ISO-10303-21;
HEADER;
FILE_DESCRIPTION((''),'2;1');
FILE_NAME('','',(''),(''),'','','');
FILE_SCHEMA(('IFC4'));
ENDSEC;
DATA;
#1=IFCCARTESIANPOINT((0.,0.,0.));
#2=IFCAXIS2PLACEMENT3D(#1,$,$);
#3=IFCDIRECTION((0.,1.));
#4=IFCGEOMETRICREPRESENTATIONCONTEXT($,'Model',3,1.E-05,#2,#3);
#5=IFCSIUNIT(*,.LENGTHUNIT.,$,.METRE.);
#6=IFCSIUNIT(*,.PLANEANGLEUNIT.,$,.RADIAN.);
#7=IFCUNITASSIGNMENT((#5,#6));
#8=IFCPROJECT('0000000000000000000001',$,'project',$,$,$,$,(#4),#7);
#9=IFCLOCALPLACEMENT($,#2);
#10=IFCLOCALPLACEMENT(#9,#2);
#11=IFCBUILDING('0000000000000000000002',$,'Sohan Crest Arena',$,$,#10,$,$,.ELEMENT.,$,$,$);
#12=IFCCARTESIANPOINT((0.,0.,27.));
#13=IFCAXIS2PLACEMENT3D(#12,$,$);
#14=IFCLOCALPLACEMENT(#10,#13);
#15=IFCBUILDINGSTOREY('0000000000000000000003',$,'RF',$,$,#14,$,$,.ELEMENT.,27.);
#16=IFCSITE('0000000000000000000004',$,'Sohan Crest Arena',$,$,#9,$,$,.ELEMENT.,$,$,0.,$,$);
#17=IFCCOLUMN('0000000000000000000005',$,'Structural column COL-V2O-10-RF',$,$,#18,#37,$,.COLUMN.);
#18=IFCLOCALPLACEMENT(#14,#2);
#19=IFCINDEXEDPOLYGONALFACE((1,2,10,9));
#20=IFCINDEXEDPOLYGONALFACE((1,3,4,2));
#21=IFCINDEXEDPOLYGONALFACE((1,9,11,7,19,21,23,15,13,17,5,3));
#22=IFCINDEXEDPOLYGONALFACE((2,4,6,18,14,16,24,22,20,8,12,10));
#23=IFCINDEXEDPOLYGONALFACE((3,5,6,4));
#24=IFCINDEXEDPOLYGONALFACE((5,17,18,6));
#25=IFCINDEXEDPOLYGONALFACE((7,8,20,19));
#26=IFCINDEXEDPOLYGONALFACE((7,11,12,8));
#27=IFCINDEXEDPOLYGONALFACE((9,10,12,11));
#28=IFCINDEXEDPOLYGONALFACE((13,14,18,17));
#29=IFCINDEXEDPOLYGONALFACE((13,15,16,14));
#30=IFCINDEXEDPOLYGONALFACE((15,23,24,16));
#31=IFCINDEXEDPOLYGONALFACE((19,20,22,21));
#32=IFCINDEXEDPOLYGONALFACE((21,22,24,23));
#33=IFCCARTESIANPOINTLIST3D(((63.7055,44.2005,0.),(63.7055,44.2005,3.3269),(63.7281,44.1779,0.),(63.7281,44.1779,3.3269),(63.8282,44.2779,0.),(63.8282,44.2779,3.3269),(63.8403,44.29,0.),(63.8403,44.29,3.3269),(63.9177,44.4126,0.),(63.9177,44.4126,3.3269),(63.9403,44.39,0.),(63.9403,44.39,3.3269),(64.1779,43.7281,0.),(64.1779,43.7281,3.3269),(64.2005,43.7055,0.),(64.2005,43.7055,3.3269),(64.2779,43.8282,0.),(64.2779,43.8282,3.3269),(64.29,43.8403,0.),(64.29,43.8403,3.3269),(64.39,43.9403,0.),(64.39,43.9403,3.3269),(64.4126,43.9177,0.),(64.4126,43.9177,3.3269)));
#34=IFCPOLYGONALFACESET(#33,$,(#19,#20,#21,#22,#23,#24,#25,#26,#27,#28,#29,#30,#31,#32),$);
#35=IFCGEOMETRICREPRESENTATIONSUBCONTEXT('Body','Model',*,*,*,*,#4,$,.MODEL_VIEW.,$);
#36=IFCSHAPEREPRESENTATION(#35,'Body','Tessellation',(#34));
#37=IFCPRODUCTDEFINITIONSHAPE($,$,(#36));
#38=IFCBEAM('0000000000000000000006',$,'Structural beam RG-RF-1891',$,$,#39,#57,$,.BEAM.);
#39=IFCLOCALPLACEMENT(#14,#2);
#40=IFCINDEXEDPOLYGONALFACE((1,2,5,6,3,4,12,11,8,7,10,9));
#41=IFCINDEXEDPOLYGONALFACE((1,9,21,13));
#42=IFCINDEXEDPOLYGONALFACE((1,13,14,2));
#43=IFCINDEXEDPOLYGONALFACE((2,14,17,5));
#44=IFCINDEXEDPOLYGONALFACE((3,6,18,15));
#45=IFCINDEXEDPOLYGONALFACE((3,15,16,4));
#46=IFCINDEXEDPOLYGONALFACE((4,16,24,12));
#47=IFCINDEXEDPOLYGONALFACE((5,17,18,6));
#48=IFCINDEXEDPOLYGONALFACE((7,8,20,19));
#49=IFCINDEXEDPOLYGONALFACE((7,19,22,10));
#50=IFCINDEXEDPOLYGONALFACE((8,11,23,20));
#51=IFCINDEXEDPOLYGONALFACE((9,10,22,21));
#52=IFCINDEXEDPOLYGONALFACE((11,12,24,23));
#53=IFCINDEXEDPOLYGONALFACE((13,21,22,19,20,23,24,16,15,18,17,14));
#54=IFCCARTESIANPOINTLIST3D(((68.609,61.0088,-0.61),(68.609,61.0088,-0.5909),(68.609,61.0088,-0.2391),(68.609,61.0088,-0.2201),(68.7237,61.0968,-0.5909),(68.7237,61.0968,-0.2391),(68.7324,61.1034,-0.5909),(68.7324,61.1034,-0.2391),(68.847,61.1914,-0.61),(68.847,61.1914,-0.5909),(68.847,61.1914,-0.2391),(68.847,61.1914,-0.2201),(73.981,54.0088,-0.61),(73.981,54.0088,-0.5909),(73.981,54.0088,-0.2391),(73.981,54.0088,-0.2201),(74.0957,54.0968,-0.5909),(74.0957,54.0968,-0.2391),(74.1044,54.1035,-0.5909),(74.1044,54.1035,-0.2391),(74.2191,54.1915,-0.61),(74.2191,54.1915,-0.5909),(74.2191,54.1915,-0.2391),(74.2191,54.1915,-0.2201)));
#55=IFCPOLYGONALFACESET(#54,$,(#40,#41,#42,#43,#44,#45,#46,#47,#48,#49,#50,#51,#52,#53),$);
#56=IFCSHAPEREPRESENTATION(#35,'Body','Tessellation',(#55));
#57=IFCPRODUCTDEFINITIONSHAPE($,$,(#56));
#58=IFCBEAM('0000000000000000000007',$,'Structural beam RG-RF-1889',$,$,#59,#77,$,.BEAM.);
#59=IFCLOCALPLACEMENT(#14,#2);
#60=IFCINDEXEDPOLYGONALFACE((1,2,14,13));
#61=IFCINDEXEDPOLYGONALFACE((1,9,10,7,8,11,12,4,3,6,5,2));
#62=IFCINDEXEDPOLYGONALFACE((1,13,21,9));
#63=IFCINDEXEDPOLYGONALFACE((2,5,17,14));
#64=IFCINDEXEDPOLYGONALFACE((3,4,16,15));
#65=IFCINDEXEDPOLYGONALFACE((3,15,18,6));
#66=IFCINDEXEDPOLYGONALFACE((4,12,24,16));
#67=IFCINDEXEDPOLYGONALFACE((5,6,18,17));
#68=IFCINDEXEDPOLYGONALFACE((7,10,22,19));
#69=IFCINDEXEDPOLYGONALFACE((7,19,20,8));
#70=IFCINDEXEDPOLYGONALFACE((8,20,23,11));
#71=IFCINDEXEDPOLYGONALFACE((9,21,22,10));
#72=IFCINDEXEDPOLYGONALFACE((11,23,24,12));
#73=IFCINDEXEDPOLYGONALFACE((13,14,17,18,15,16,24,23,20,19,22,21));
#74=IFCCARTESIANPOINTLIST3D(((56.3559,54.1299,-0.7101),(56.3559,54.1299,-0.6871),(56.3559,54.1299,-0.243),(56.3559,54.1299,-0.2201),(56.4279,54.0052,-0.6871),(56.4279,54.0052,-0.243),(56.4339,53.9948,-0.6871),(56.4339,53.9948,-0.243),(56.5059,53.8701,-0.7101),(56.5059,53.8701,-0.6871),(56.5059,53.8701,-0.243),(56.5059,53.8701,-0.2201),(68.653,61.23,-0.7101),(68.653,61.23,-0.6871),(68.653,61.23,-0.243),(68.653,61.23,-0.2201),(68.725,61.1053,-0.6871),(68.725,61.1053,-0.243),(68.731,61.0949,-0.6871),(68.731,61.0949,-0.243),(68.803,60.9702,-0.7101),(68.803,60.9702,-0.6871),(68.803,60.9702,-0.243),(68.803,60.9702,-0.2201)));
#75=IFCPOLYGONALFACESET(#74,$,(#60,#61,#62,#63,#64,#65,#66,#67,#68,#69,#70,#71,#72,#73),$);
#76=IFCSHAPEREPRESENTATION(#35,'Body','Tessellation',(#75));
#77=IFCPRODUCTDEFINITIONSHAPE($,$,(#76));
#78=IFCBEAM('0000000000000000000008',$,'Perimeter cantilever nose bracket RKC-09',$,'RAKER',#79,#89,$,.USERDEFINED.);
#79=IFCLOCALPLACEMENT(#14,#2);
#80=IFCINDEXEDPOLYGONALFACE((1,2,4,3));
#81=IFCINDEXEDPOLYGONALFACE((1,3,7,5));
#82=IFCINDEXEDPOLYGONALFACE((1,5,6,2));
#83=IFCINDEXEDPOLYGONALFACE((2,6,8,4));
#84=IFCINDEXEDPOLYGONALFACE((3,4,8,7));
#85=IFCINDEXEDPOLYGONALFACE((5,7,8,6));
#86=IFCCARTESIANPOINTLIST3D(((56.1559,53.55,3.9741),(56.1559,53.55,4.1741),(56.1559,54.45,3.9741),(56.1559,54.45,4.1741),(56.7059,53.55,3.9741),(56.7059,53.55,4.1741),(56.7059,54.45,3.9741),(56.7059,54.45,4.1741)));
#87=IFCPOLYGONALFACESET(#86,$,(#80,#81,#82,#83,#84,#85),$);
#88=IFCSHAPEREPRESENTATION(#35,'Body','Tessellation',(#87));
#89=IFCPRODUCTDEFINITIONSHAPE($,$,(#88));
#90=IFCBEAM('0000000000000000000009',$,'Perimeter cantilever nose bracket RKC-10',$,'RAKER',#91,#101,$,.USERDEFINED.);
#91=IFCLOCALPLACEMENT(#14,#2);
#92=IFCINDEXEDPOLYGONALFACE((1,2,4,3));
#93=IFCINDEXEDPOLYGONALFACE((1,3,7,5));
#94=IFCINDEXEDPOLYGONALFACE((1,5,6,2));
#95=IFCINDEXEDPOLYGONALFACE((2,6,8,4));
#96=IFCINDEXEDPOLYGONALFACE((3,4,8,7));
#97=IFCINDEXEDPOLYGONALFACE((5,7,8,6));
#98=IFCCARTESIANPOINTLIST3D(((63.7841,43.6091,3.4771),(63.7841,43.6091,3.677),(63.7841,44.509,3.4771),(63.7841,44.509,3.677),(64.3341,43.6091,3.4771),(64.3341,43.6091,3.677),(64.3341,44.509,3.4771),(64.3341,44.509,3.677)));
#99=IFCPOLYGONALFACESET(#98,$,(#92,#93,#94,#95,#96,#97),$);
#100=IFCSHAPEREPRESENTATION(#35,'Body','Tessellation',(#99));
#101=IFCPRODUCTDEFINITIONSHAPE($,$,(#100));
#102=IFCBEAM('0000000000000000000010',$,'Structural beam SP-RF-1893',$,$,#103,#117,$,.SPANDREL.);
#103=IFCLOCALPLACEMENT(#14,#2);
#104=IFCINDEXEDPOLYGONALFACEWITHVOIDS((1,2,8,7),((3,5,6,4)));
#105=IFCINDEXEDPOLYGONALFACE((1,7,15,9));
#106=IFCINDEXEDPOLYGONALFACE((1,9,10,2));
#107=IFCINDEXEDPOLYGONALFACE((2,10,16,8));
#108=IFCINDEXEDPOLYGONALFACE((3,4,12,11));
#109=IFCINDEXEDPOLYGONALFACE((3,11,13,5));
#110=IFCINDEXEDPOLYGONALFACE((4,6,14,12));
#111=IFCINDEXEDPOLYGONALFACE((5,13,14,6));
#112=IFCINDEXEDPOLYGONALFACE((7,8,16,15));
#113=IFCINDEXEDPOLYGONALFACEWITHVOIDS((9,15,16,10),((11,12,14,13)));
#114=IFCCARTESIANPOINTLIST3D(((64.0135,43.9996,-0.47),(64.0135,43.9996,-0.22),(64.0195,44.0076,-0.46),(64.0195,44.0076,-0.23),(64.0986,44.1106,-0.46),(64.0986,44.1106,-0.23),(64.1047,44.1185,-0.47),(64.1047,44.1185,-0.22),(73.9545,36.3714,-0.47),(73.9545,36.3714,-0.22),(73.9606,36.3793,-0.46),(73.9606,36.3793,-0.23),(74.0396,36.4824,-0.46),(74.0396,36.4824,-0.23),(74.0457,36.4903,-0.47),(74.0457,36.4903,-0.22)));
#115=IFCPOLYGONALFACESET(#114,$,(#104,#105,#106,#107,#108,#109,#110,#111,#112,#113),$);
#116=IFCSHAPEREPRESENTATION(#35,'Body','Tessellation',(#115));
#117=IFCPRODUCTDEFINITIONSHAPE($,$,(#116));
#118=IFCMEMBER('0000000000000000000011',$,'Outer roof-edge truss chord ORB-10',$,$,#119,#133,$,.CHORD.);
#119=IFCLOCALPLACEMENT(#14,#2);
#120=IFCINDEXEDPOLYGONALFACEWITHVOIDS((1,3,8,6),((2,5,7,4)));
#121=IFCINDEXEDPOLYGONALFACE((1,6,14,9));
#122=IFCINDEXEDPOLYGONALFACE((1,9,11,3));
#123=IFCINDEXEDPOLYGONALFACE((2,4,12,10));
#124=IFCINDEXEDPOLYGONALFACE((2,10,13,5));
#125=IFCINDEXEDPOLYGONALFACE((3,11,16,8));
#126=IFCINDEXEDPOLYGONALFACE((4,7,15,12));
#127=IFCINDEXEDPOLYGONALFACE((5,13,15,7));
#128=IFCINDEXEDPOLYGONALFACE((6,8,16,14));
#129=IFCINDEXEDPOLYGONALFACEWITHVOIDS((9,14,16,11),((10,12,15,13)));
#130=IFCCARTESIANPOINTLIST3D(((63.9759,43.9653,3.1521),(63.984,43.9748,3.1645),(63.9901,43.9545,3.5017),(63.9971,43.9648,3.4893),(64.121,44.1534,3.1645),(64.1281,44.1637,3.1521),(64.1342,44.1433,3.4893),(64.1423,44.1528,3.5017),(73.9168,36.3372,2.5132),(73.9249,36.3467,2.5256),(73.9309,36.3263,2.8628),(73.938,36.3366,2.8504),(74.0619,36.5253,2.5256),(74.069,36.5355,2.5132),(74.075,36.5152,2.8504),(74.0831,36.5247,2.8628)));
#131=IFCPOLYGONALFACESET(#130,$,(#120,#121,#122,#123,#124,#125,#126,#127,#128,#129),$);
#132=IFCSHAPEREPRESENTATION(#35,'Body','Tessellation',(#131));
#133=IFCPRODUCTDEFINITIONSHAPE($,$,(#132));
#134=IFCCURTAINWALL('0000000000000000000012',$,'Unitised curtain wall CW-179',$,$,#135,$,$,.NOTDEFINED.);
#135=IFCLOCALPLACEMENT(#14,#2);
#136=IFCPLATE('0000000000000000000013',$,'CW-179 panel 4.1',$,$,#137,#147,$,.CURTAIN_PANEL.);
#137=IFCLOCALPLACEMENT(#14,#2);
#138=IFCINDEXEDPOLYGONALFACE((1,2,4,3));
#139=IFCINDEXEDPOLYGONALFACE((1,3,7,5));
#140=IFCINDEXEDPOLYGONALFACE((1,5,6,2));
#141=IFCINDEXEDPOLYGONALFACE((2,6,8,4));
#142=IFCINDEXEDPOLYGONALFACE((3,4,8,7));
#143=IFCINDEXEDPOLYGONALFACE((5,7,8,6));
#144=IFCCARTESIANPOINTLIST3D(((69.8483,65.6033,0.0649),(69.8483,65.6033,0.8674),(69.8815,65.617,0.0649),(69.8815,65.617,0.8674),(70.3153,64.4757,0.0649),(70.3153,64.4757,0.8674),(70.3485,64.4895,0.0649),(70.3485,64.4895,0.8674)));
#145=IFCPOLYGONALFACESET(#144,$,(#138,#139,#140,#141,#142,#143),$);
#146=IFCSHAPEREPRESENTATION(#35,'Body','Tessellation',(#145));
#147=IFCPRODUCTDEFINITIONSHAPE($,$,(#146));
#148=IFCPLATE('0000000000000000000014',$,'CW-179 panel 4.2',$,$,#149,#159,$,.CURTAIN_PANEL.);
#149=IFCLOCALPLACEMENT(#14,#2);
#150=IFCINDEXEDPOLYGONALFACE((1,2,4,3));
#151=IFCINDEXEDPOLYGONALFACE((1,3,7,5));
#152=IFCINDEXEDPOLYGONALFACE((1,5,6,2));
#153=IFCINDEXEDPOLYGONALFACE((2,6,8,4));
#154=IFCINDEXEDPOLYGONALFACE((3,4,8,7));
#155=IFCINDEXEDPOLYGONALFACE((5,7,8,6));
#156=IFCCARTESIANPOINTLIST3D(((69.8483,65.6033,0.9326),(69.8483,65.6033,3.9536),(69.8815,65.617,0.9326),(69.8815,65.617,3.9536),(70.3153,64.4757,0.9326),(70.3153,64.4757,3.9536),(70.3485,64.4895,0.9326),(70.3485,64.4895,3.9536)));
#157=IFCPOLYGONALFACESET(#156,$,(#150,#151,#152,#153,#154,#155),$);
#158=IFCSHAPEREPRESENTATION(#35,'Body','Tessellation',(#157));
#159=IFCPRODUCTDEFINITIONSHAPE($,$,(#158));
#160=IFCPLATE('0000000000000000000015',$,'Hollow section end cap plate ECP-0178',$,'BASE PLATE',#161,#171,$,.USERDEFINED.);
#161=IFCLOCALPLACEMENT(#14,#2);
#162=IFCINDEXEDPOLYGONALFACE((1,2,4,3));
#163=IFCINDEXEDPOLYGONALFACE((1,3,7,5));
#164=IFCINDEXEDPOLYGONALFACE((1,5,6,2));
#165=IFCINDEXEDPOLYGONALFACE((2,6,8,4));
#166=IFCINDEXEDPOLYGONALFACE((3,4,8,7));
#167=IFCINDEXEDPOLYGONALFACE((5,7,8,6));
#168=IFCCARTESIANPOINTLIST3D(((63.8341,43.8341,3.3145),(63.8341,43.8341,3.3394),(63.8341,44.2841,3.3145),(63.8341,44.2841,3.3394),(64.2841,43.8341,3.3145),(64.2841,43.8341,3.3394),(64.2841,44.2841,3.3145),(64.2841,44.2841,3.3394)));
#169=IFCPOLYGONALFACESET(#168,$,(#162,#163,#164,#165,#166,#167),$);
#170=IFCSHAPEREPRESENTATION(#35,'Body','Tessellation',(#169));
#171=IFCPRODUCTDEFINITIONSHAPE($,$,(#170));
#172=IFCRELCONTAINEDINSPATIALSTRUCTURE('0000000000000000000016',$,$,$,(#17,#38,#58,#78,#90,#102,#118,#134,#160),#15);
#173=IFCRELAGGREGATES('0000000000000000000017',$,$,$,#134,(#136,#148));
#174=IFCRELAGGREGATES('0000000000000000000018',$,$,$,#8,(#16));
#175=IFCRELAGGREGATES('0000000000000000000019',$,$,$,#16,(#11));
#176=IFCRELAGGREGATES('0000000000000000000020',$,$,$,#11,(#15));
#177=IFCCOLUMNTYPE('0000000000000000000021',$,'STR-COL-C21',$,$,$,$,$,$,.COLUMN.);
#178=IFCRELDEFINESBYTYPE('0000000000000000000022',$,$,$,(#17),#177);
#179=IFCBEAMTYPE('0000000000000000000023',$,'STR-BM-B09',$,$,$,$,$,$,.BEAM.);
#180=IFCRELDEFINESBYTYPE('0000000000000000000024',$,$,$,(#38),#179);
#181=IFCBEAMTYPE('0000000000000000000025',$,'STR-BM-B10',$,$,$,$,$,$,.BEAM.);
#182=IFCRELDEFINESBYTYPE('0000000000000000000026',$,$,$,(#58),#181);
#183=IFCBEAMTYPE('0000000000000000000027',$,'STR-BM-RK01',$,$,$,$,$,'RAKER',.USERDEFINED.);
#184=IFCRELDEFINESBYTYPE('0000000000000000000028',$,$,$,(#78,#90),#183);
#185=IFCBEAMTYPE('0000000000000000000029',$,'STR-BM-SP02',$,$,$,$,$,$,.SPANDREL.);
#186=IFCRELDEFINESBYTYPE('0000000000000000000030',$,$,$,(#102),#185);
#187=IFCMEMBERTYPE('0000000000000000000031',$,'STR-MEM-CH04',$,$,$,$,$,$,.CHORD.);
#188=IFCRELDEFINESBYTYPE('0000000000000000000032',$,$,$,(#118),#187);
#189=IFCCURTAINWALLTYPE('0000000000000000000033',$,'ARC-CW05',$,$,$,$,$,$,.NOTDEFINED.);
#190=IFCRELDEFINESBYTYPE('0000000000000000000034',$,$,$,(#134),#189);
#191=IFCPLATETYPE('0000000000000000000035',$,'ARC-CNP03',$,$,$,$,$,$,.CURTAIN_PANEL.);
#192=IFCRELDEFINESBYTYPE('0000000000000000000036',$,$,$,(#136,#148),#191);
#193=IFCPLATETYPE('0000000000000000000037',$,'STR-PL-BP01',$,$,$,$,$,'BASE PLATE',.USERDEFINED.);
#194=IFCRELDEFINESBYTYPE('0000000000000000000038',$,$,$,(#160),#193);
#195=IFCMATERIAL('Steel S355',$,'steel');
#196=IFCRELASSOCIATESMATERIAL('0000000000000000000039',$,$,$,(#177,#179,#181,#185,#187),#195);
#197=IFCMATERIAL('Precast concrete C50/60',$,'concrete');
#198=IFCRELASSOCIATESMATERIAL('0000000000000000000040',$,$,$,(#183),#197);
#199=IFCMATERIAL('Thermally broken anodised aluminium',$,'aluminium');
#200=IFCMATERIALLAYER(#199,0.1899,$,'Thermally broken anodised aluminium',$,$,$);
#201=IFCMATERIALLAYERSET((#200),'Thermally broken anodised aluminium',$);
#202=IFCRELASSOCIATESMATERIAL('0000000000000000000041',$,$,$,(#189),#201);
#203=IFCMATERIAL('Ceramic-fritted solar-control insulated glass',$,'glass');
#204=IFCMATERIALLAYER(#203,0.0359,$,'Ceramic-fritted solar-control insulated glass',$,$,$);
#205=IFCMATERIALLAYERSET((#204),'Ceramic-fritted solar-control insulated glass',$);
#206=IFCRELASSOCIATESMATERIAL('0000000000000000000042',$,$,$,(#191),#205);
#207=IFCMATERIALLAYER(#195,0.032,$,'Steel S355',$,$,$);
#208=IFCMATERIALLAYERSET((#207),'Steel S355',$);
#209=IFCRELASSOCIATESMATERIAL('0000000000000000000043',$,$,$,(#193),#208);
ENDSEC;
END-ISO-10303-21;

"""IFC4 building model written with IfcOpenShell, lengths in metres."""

from ifc_helpers import new_model, si_unit, direction, frame, origin, origin_2d, place, context, subcontext, project, spatial, rectangle, hollow_rectangle, i_section, extrude, material, layer, layer_set, material_profile, profile_set, type_object, element, aggregate, save


model = new_model("IFC4")

# Units and contexts
model_context = context("Model", 3, precision=1e-05, world=origin(), true_north=direction((0.0, 1.0)))
body_context = subcontext(model_context, "Body", "Model", "MODEL_VIEW")
ifc_project = project(units=[si_unit("LENGTHUNIT", "METRE"), si_unit("PLANEANGLEUNIT", "RADIAN")], contexts=[model_context])

# Site, building, storey
site_placement = place(None, origin())
site = spatial("IfcSite", under=ifc_project, at=site_placement, Name="Sohan Crest Arena", CompositionType="ELEMENT", RefElevation=0.0)
building_placement = place(site_placement, origin())
building = spatial("IfcBuilding", under=site, at=building_placement, Name="Sohan Crest Arena", CompositionType="ELEMENT")
storey_placement = place(building_placement, frame((0.0, 0.0, 27.0)))
storey = spatial("IfcBuildingStorey", under=building, at=storey_placement, Name="RF", CompositionType="ELEMENT", Elevation=27.0)

# Column
ifc_material_1 = material(Name="Steel S355", Category="steel")
ifc_material_profile_1 = material_profile(ifc_material_1, i_section(OverallWidth=0.3, OverallDepth=0.7, WebThickness=0.0171, FlangeThickness=0.032, at=origin_2d()), Name="HEB 700")
ifc_profile_set_1 = profile_set([ifc_material_profile_1], Name="Steel S355")
column_type = type_object("IfcColumnType", Name="STR-COL-C21", PredefinedType="COLUMN", material=ifc_profile_set_1)
column_placement = place(storey_placement, frame((64.0591, 44.0591, 0.0), z_axis=(0.0, 0.0, 1.0), x_axis=(0.707107, 0.707107, 0.0)))
element("IfcColumn", 1, at=column_placement, inside=storey, type_object=column_type, Name="Structural column COL-V2O-10-RF", PredefinedType="COLUMN", context=body_context, shape_type="SweptSolid", body=[
    extrude(i_section(OverallWidth=0.3, OverallDepth=0.7, WebThickness=0.0171, FlangeThickness=0.032, at=origin_2d()), origin(), (0.0, 0.0, 1.0), 3.3269),
])

# Beams
ifc_material_profile_2 = material_profile(ifc_material_1, i_section(OverallWidth=0.3, OverallDepth=0.3899, WebThickness=0.011, FlangeThickness=0.019, at=origin_2d()), Name="HEA 400")
ifc_profile_set_2 = profile_set([ifc_material_profile_2], Name="Steel S355")
beam_type_1 = type_object("IfcBeamType", Name="STR-BM-B09", PredefinedType="BEAM", material=ifc_profile_set_2)
beam_1_placement = place(storey_placement, frame((68.728, 61.1001, -0.415), z_axis=(0.608817, -0.793311, 0.0), x_axis=(0.793311, 0.608817, 0.0)))
element("IfcBeam", 2, at=beam_1_placement, inside=storey, type_object=beam_type_1, Name="Structural beam RG-RF-1891", PredefinedType="BEAM", context=body_context, shape_type="SweptSolid", body=[
    extrude(i_section(OverallWidth=0.3, OverallDepth=0.3899, WebThickness=0.011, FlangeThickness=0.019, at=origin_2d()), origin(), (0.0, 0.0, 1.0), 8.8237),
])
ifc_material_profile_3 = material_profile(ifc_material_1, i_section(OverallWidth=0.3, OverallDepth=0.49, WebThickness=0.012, FlangeThickness=0.0229, at=origin_2d()), Name="HEA 500")
ifc_profile_set_3 = profile_set([ifc_material_profile_3], Name="Steel S355")
beam_type_2 = type_object("IfcBeamType", Name="STR-BM-B10", PredefinedType="BEAM", material=ifc_profile_set_3)
beam_2_placement = place(storey_placement, frame((68.728, 61.1001, -0.4651), z_axis=(-0.866015, -0.500019, 0.0), x_axis=(0.500019, -0.866015, 0.0)))
element("IfcBeam", 3, at=beam_2_placement, inside=storey, type_object=beam_type_2, Name="Structural beam RG-RF-1889", PredefinedType="BEAM", context=body_context, shape_type="SweptSolid", body=[
    extrude(i_section(OverallWidth=0.3, OverallDepth=0.49, WebThickness=0.012, FlangeThickness=0.0229, at=origin_2d()), origin(), (0.0, 0.0, 1.0), 14.1997),
])
ifc_material_2 = material(Name="Precast concrete C50/60", Category="concrete")
ifc_material_profile_4 = material_profile(ifc_material_2, rectangle(XDim=0.55, YDim=0.8999, at=origin_2d()), Name="RAKER 550x900")
ifc_profile_set_4 = profile_set([ifc_material_profile_4], Name="Precast concrete C50/60")
beam_type_3 = type_object("IfcBeamType", Name="STR-BM-RK01", ElementType="RAKER", PredefinedType="USERDEFINED", material=ifc_profile_set_4)
for number, where, z_axis, x_axis, name in (
    (4, (56.4309, 54.0, 4.1741), (0.0, 0.0, -1.0), (1.0, 0.0, 0.0), "Perimeter cantilever nose bracket RKC-09"),
    (5, (64.0591, 44.0591, 3.677), (0.0, 0.0, -1.0), (1.0, 0.0, 0.0), "Perimeter cantilever nose bracket RKC-10"),
):
    element("IfcBeam", number, at=place(storey_placement, frame(where, z_axis=z_axis, x_axis=x_axis)), inside=storey, type_object=beam_type_3, Name=name, ObjectType="RAKER", PredefinedType="USERDEFINED", context=body_context, shape_type="SweptSolid", body=[
        extrude(rectangle(XDim=0.55, YDim=0.8999, at=origin_2d()), origin(), (0.0, 0.0, 1.0), 0.2),
    ])
ifc_material_profile_5 = material_profile(ifc_material_1, hollow_rectangle(XDim=0.1499, YDim=0.25, WallThickness=0.01, at=origin_2d()), Name="RHS 250x150x10")
ifc_profile_set_5 = profile_set([ifc_material_profile_5], Name="Steel S355")
beam_type_4 = type_object("IfcBeamType", Name="STR-BM-SP02", PredefinedType="SPANDREL", material=ifc_profile_set_5)
beam_3_placement = place(storey_placement, frame((64.0591, 44.0591, -0.345), z_axis=(0.793344, -0.608773, 0.0), x_axis=(0.608773, 0.793344, 0.0)))
element("IfcBeam", 6, at=beam_3_placement, inside=storey, type_object=beam_type_4, Name="Structural beam SP-RF-1893", PredefinedType="SPANDREL", context=body_context, shape_type="SweptSolid", body=[
    extrude(hollow_rectangle(XDim=0.1499, YDim=0.25, WallThickness=0.01, at=origin_2d()), origin(), (0.0, 0.0, 1.0), 12.5305),
])

# Member
ifc_material_profile_6 = material_profile(ifc_material_1, hollow_rectangle(XDim=0.25, YDim=0.3501, WallThickness=0.0125, at=origin_2d()), Name="RHS 350x250x12.5")
ifc_profile_set_6 = profile_set([ifc_material_profile_6], Name="Steel S355")
member_type = type_object("IfcMemberType", Name="STR-MEM-CH04", PredefinedType="CHORD", material=ifc_profile_set_6)
member_placement = place(storey_placement, frame((64.0591, 44.0591, 3.3269), z_axis=(0.792315, -0.607984, -0.050923), x_axis=(0.608773, 0.793344, 0.0)))
element("IfcMember", 7, at=member_placement, inside=storey, type_object=member_type, Name="Outer roof-edge truss chord ORB-10", PredefinedType="CHORD", context=body_context, shape_type="SweptSolid", body=[
    extrude(hollow_rectangle(XDim=0.25, YDim=0.3501, WallThickness=0.0125, at=origin_2d()), origin(), (0.0, 0.0, 1.0), 12.5466),
])

# Curtain wall, plates
ifc_material_3 = material(Name="Thermally broken anodised aluminium", Category="aluminium")
ifc_layer_1 = layer(ifc_material_3, 0.1899, Name="Thermally broken anodised aluminium")
ifc_layer_set_1 = layer_set([ifc_layer_1], Name="Thermally broken anodised aluminium")
curtain_wall_type = type_object("IfcCurtainWallType", Name="ARC-CW05", PredefinedType="NOTDEFINED", material=ifc_layer_set_1)
curtain_wall_placement = place(storey_placement, origin())
curtain_wall = element("IfcCurtainWall", 8, at=curtain_wall_placement, inside=storey, type_object=curtain_wall_type, Name="Unitised curtain wall CW-179", PredefinedType="NOTDEFINED")
ifc_material_4 = material(Name="Ceramic-fritted solar-control insulated glass", Category="glass")
ifc_layer_2 = layer(ifc_material_4, 0.0359, Name="Ceramic-fritted solar-control insulated glass")
ifc_layer_set_2 = layer_set([ifc_layer_2], Name="Ceramic-fritted solar-control insulated glass")
plate_type_1 = type_object("IfcPlateType", Name="ARC-CNP03", PredefinedType="CURTAIN_PANEL", material=ifc_layer_set_2)
plate_1_placement = place(storey_placement, frame((70.0984, 65.0464, 0.0649), z_axis=(0.0, 0.0, 1.0), x_axis=(0.382667, -0.923886, 0.0)))
plate_1 = element("IfcPlate", 9, at=plate_1_placement, type_object=plate_type_1, Name="CW-179 panel 4.1", PredefinedType="CURTAIN_PANEL", context=body_context, shape_type="SweptSolid", body=[
    extrude(rectangle(XDim=1.2205, YDim=0.0359, at=origin_2d()), origin(), (0.0, 0.0, 1.0), 0.8025),
])
plate_2_placement = place(storey_placement, frame((70.0984, 65.0464, 0.9326), z_axis=(0.0, 0.0, 1.0), x_axis=(0.382667, -0.923886, 0.0)))
plate_2 = element("IfcPlate", 10, at=plate_2_placement, type_object=plate_type_1, Name="CW-179 panel 4.2", PredefinedType="CURTAIN_PANEL", context=body_context, shape_type="SweptSolid", body=[
    extrude(rectangle(XDim=1.2205, YDim=0.0359, at=origin_2d()), origin(), (0.0, 0.0, 1.0), 3.021),
])
aggregate(curtain_wall, [plate_1, plate_2])

# Plate
ifc_layer_3 = layer(ifc_material_1, 0.032, Name="Steel S355")
ifc_layer_set_3 = layer_set([ifc_layer_3], Name="Steel S355")
plate_type_2 = type_object("IfcPlateType", Name="STR-PL-BP01", ElementType="BASE PLATE", PredefinedType="USERDEFINED", material=ifc_layer_set_3)
plate_3_placement = place(storey_placement, frame((64.0591, 44.0591, 3.3145), z_axis=(0.0, 0.0, 1.0), x_axis=(1.0, 0.0, 0.0)))
element("IfcPlate", 11, at=plate_3_placement, inside=storey, type_object=plate_type_2, Name="Hollow section end cap plate ECP-0178", ObjectType="BASE PLATE", PredefinedType="USERDEFINED", context=body_context, shape_type="SweptSolid", body=[
    extrude(rectangle(XDim=0.45, YDim=0.45, at=origin_2d()), origin(), (0.0, 0.0, 1.0), 0.0249),
])

save(model, "model.ifc")
